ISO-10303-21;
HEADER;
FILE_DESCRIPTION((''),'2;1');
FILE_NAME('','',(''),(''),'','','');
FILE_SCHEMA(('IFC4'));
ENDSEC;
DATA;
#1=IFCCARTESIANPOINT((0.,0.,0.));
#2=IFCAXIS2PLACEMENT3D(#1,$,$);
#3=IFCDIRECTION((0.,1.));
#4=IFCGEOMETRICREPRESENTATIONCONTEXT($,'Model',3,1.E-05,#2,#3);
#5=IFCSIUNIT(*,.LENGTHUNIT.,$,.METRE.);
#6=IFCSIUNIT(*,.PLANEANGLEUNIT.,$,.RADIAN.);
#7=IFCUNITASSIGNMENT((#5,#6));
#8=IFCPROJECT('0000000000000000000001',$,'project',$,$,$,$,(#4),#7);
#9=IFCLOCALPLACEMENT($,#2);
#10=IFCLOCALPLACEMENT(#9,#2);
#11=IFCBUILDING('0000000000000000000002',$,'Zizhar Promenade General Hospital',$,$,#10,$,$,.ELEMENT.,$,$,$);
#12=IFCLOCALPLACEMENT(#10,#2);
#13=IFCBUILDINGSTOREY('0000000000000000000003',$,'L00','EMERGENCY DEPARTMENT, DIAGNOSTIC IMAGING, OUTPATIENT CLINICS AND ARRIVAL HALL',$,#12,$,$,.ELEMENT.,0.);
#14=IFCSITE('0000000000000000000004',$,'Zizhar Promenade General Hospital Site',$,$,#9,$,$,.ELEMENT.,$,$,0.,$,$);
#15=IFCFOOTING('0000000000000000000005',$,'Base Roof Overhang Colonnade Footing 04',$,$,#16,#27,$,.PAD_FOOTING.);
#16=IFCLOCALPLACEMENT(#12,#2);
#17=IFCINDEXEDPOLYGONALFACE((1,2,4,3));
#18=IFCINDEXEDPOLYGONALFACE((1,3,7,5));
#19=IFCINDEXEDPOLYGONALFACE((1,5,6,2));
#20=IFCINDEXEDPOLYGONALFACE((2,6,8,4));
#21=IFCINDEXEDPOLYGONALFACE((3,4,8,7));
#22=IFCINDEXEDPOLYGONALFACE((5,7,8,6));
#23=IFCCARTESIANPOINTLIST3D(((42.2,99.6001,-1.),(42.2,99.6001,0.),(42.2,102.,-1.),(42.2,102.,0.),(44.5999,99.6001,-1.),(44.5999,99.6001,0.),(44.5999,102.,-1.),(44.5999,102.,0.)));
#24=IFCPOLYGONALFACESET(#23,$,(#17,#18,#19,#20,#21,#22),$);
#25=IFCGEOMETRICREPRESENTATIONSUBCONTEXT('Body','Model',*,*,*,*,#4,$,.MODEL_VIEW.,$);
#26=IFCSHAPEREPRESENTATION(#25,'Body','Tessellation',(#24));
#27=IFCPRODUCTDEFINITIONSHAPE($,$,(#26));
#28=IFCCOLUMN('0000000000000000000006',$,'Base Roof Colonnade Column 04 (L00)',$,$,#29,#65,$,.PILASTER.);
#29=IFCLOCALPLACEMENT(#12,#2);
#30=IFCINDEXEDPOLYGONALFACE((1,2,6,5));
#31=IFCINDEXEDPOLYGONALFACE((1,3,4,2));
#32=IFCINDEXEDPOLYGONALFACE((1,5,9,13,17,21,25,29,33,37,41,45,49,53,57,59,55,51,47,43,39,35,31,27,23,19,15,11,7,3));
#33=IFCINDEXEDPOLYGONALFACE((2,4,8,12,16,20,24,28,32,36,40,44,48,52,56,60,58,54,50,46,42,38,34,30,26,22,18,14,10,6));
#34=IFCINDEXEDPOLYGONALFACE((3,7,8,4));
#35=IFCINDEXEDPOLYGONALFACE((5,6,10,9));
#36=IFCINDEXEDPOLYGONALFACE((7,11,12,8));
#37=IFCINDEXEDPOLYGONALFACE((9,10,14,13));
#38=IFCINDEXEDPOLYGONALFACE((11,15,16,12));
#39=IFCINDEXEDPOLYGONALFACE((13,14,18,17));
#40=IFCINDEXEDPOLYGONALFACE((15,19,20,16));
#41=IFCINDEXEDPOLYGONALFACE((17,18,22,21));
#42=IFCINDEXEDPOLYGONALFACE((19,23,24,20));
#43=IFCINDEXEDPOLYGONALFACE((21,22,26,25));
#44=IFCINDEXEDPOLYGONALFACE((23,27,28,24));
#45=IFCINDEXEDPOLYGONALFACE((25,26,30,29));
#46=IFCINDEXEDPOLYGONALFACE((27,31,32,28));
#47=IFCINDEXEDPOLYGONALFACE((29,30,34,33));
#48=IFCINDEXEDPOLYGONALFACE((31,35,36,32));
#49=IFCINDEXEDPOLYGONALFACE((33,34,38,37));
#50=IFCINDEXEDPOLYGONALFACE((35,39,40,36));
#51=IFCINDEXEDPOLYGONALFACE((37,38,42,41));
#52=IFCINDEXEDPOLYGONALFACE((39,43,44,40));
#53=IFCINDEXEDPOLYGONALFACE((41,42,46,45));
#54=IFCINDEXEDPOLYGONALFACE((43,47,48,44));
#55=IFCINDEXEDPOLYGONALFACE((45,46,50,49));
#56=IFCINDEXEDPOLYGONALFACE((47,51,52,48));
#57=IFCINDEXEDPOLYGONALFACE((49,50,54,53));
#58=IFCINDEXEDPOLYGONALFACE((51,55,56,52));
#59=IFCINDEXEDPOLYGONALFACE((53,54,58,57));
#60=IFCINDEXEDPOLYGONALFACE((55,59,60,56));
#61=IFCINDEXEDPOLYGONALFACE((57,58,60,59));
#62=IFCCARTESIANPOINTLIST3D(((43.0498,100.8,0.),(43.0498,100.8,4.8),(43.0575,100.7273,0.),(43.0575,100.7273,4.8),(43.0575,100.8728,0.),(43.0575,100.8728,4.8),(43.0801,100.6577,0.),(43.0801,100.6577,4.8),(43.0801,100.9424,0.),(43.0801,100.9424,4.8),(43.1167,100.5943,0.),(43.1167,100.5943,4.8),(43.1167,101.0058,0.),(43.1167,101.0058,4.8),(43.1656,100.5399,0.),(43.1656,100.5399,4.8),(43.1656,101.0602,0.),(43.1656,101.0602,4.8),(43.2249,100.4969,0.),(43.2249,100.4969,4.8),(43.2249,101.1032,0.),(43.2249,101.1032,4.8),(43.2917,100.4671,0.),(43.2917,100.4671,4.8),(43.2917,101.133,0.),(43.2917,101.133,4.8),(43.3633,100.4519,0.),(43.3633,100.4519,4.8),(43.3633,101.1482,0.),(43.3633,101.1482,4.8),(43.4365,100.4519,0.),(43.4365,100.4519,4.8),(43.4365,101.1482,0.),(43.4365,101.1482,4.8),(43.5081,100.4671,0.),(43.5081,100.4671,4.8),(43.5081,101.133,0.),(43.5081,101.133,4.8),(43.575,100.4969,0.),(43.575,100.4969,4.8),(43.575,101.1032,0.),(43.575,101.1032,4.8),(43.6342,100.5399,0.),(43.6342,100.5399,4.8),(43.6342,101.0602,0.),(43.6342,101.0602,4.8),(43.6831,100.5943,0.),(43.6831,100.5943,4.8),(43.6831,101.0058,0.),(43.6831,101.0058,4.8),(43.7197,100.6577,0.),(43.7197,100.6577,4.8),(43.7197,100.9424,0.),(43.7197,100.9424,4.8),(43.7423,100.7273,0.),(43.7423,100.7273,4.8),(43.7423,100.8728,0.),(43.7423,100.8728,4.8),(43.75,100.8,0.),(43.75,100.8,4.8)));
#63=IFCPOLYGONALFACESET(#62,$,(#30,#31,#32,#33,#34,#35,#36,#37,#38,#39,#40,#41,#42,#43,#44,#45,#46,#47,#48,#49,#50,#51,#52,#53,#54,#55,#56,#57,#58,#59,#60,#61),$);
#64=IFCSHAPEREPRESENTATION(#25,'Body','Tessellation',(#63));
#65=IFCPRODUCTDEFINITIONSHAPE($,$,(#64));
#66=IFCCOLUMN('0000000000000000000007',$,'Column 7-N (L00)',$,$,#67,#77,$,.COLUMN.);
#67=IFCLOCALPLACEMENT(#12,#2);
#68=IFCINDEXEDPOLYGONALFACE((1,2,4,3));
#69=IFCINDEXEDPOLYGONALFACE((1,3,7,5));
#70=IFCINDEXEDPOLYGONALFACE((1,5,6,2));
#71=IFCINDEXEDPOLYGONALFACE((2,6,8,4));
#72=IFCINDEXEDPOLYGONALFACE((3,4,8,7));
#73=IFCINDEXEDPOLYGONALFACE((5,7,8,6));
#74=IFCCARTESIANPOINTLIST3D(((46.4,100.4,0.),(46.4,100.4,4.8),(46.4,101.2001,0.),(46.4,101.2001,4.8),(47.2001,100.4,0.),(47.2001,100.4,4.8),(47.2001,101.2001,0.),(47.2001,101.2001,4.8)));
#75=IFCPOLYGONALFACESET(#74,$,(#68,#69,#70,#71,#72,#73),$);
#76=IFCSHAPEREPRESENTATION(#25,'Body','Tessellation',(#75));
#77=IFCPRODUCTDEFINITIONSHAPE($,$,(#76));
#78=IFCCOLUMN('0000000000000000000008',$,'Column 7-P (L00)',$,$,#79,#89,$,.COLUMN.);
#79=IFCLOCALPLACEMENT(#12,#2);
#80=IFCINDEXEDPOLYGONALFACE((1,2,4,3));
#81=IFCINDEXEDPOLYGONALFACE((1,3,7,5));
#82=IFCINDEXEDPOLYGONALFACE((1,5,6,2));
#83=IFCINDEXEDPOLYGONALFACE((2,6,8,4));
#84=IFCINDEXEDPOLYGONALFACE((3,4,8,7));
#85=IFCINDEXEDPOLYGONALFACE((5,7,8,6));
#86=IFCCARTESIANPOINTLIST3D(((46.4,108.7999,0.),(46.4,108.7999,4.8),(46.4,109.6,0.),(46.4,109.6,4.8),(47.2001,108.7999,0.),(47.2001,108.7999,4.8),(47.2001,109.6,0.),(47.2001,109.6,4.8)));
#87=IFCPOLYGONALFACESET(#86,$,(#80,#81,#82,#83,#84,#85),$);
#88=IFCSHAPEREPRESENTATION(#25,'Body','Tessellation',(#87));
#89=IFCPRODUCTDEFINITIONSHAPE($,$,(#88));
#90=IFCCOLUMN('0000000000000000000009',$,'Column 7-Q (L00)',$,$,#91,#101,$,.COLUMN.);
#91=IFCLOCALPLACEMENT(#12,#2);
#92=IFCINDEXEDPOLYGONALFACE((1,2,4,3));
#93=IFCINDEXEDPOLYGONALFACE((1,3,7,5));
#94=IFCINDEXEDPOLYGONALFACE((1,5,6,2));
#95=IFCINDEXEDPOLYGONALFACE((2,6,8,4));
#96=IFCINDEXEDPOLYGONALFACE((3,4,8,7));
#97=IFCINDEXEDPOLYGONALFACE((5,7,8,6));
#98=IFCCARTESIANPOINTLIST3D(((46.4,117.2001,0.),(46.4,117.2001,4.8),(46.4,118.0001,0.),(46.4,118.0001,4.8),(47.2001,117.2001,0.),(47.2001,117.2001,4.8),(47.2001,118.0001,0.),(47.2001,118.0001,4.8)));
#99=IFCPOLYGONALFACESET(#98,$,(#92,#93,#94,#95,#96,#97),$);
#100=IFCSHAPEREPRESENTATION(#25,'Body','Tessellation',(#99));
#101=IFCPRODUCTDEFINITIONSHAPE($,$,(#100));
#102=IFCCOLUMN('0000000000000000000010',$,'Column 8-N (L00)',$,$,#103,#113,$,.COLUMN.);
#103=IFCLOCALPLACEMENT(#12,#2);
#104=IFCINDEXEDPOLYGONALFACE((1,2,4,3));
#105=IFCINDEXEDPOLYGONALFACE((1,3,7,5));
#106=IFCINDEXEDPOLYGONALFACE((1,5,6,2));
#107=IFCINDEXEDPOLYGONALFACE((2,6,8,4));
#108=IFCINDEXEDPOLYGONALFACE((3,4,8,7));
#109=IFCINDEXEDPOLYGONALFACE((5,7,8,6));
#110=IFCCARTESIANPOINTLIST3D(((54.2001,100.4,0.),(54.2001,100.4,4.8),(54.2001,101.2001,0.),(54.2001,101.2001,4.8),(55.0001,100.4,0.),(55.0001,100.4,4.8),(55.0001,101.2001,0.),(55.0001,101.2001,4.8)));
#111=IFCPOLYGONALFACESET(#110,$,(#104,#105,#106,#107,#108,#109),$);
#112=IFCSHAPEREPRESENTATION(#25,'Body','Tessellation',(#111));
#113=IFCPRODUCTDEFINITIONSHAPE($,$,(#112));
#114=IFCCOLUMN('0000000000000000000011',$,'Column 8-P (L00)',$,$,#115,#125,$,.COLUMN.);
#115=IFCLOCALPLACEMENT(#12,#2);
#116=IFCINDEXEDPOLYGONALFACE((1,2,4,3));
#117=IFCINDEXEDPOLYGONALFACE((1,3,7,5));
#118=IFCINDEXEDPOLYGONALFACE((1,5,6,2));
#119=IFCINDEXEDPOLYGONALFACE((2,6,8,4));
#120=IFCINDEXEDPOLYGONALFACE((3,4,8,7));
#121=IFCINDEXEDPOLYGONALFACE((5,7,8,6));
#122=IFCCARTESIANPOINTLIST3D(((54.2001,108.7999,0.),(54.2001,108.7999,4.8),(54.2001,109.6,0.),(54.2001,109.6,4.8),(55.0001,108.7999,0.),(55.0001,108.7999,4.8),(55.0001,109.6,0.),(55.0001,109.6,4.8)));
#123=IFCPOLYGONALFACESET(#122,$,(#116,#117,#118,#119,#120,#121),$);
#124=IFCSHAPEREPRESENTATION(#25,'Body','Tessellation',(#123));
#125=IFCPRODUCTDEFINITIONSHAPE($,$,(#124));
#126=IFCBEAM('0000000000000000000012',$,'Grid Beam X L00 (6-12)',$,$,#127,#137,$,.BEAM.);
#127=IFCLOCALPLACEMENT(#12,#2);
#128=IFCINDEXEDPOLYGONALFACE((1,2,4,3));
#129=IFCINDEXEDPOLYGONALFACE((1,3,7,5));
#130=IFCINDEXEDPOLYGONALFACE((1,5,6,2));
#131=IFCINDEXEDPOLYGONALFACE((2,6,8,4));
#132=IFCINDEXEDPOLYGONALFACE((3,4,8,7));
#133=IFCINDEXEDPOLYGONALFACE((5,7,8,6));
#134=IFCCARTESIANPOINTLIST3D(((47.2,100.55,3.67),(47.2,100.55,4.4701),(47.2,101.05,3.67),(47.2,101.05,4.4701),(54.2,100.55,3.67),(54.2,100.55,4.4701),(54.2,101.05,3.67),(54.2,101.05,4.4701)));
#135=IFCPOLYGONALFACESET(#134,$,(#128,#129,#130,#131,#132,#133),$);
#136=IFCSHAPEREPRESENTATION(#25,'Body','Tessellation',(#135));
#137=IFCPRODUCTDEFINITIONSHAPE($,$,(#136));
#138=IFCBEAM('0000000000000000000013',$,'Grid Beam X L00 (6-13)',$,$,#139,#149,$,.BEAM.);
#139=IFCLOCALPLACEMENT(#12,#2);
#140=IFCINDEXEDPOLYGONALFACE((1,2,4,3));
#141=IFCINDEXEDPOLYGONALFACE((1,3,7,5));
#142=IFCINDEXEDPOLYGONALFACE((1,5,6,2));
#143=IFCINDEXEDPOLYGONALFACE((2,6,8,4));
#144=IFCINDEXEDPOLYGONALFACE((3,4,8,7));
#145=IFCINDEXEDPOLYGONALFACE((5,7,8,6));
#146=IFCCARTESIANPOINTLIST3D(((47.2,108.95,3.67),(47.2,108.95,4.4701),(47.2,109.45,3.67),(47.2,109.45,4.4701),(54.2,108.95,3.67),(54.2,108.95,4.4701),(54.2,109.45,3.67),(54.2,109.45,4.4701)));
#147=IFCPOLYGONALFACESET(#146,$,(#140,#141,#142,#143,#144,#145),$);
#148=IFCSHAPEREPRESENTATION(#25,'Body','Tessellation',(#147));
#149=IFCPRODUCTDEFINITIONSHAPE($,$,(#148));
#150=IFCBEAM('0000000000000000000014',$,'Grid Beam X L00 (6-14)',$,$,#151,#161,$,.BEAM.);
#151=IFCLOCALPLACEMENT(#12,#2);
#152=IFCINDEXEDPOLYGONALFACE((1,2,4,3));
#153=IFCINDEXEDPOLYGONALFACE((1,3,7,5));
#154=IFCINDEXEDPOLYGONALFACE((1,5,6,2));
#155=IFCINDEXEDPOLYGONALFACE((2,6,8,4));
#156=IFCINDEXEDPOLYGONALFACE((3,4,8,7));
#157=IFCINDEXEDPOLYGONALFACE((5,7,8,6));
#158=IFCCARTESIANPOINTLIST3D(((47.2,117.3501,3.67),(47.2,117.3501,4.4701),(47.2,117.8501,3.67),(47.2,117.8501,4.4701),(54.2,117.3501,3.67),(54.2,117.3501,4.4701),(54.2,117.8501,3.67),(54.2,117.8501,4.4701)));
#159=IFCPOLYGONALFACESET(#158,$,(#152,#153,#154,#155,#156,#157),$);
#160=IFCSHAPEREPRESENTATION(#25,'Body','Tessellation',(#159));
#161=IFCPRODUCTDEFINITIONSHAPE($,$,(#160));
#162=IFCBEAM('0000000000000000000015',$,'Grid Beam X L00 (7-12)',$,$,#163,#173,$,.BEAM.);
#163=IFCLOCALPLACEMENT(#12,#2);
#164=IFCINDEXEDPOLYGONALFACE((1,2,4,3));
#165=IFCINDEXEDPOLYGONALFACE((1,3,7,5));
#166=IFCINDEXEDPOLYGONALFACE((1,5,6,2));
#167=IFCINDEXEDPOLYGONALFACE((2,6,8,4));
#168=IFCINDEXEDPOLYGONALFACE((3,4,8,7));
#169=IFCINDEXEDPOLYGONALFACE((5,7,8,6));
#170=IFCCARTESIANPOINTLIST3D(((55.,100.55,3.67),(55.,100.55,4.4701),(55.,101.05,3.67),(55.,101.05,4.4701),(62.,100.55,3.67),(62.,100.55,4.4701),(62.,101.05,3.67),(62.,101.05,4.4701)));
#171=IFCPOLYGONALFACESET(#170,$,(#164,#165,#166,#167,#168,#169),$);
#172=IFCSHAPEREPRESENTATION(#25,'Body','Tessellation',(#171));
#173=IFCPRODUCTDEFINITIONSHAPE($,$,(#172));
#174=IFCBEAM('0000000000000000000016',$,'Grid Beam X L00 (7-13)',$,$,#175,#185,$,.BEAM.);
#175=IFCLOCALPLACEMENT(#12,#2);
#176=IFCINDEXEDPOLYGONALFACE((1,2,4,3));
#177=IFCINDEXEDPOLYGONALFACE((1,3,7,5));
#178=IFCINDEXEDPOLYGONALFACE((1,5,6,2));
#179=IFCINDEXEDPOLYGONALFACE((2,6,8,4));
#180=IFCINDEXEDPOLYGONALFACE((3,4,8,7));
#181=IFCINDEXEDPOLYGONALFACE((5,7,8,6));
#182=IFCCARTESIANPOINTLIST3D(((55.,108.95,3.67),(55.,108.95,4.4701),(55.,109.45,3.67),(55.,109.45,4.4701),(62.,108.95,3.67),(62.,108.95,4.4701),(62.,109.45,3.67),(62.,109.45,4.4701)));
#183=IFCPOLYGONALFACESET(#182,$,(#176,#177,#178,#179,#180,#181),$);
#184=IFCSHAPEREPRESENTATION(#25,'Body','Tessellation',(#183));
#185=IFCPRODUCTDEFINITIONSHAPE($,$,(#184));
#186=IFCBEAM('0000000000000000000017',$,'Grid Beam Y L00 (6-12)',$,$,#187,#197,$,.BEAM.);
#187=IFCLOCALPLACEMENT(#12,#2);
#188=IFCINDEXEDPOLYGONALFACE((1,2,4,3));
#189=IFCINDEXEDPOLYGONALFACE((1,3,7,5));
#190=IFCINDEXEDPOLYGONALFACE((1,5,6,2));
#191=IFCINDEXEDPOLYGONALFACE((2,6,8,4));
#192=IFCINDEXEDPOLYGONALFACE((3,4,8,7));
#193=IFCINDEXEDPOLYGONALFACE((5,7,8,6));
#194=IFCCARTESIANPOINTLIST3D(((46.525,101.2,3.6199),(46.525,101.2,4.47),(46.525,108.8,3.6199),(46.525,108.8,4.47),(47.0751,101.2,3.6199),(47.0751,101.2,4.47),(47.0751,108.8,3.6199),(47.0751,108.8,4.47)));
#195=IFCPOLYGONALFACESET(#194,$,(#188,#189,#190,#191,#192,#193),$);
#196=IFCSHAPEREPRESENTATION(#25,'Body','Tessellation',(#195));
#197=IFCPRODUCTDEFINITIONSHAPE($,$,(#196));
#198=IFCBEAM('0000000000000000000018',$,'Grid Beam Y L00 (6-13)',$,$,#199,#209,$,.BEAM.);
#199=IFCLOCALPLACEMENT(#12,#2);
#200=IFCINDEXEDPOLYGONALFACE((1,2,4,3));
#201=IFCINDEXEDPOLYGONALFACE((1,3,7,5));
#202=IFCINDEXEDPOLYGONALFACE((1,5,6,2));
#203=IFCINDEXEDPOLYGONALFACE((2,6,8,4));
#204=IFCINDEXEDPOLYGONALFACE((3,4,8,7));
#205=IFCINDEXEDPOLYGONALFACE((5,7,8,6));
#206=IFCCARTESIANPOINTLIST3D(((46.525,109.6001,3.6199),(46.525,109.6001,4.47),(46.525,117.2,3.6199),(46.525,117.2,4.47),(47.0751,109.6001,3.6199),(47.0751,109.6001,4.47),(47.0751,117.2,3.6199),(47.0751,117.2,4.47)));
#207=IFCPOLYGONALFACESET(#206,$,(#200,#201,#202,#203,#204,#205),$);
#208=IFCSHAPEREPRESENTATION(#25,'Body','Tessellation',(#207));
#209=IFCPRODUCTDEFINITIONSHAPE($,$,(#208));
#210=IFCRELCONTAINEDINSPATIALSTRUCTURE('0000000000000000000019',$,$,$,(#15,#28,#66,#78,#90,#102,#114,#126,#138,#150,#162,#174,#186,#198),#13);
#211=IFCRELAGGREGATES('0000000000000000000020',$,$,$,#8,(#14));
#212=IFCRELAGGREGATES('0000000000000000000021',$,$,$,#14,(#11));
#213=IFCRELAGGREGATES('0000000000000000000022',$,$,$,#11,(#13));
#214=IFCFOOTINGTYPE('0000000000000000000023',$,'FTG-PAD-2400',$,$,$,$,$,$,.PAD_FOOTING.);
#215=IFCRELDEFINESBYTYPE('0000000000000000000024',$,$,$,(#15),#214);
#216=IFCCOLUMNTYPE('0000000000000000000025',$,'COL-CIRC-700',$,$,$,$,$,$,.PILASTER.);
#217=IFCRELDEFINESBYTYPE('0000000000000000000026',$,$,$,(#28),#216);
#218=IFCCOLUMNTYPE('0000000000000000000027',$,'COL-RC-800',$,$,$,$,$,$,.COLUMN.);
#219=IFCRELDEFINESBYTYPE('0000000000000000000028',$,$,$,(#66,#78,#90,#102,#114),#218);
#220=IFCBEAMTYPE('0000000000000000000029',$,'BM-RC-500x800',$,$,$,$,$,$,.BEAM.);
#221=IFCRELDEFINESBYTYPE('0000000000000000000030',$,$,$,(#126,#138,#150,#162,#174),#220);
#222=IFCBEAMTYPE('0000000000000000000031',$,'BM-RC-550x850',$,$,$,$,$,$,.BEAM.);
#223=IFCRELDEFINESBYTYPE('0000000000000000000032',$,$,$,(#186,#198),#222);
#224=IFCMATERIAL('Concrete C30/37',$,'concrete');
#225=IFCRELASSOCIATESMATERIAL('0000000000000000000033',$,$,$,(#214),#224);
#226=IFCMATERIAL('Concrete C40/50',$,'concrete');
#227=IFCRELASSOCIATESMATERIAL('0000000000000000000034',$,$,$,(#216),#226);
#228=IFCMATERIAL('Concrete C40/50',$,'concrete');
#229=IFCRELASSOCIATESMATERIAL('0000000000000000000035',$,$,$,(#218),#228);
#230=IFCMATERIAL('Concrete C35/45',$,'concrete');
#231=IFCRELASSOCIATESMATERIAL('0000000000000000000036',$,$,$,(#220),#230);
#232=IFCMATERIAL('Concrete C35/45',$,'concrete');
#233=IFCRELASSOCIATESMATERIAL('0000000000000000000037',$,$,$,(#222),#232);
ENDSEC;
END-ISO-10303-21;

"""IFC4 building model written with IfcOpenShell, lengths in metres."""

from ifc_helpers import new_model, si_unit, direction, frame, origin, origin_2d, place, context, subcontext, project, spatial, rectangle, circle, extrude, material, material_profile, profile_set, type_object, element, save


model = new_model("IFC4")

# Units and contexts
model_context = context("Model", 3, precision=1e-05, world=origin(), true_north=direction((0.0, 1.0)))
body_context = subcontext(model_context, "Body", "Model", "MODEL_VIEW")
ifc_project = project(units=[si_unit("LENGTHUNIT", "METRE"), si_unit("PLANEANGLEUNIT", "RADIAN")], contexts=[model_context])

# Site, building, storey
site_placement = place(None, origin())
site = spatial("IfcSite", under=ifc_project, at=site_placement, Name="Zizhar Promenade General Hospital Site", CompositionType="ELEMENT", RefElevation=0.0)
building_placement = place(site_placement, origin())
building = spatial("IfcBuilding", under=site, at=building_placement, Name="Zizhar Promenade General Hospital", CompositionType="ELEMENT")
storey_placement = place(building_placement, origin())
storey = spatial("IfcBuildingStorey", under=building, at=storey_placement, Name="L00", Description="EMERGENCY DEPARTMENT, DIAGNOSTIC IMAGING, OUTPATIENT CLINICS AND ARRIVAL HALL", CompositionType="ELEMENT", Elevation=0.0)

# Footing
ifc_material_1 = material(Name="Concrete C30/37", Category="concrete")
footing_type = type_object("IfcFootingType", Name="FTG-PAD-2400", PredefinedType="PAD_FOOTING", material=ifc_material_1)
footing_placement = place(storey_placement, frame((43.3999, 100.8, -1.0), z_axis=(0.0, 0.0, 1.0), x_axis=(1.0, 0.0, 0.0)))
element("IfcFooting", 1, at=footing_placement, inside=storey, type_object=footing_type, Name="Base Roof Overhang Colonnade Footing 04", PredefinedType="PAD_FOOTING", context=body_context, shape_type="SweptSolid", body=[
    extrude(rectangle(XDim=2.3999, YDim=2.3999, at=origin_2d()), origin(), (0.0, 0.0, 1.0), 1.0),
])

# Columns
ifc_material_2 = material(Name="Concrete C40/50", Category="concrete")
ifc_material_profile_1 = material_profile(ifc_material_2, circle(Radius=0.3501, at=origin_2d()))
ifc_profile_set_1 = profile_set([ifc_material_profile_1], Name="Concrete C40/50")
column_type_1 = type_object("IfcColumnType", Name="COL-CIRC-700", PredefinedType="PILASTER", material=ifc_profile_set_1)
column_placement = place(storey_placement, frame((43.3999, 100.8, 0.0), z_axis=(0.0, 0.0, 1.0), x_axis=(1.0, 0.0, 0.0)))
element("IfcColumn", 2, at=column_placement, inside=storey, type_object=column_type_1, Name="Base Roof Colonnade Column 04 (L00)", PredefinedType="PILASTER", context=body_context, shape_type="SweptSolid", body=[
    extrude(circle(Radius=0.3501, at=origin_2d()), origin(), (0.0, 0.0, 1.0), 4.8),
])
ifc_material_3 = material(Name="Concrete C40/50", Category="concrete")
ifc_material_profile_2 = material_profile(ifc_material_3, rectangle(XDim=0.8, YDim=0.8, at=origin_2d()))
ifc_profile_set_2 = profile_set([ifc_material_profile_2], Name="Concrete C40/50")
column_type_2 = type_object("IfcColumnType", Name="COL-RC-800", PredefinedType="COLUMN", material=ifc_profile_set_2)
for number, where, z_axis, x_axis, name in (
    (3, (46.8, 100.8, 0.0), (0.0, 0.0, 1.0), (1.0, 0.0, 0.0), "Column 7-N (L00)"),
    (4, (46.8, 109.2, 0.0), (0.0, 0.0, 1.0), (1.0, 0.0, 0.0), "Column 7-P (L00)"),
    (5, (46.8, 117.6001, 0.0), (0.0, 0.0, 1.0), (1.0, 0.0, 0.0), "Column 7-Q (L00)"),
    (6, (54.6001, 100.8, 0.0), (0.0, 0.0, 1.0), (1.0, 0.0, 0.0), "Column 8-N (L00)"),
    (7, (54.6001, 109.2, 0.0), (0.0, 0.0, 1.0), (1.0, 0.0, 0.0), "Column 8-P (L00)"),
):
    element("IfcColumn", number, at=place(storey_placement, frame(where, z_axis=z_axis, x_axis=x_axis)), inside=storey, type_object=column_type_2, Name=name, PredefinedType="COLUMN", context=body_context, shape_type="SweptSolid", body=[
        extrude(rectangle(XDim=0.8, YDim=0.8, at=origin_2d()), origin(), (0.0, 0.0, 1.0), 4.8),
    ])

# Beams
ifc_material_4 = material(Name="Concrete C35/45", Category="concrete")
ifc_material_profile_3 = material_profile(ifc_material_4, rectangle(XDim=0.5, YDim=0.8, at=origin_2d()))
ifc_profile_set_3 = profile_set([ifc_material_profile_3], Name="Concrete C35/45")
beam_type_1 = type_object("IfcBeamType", Name="BM-RC-500x800", PredefinedType="BEAM", material=ifc_profile_set_3)
for number, where, z_axis, x_axis, name in (
    (8, (47.2, 100.8, 4.0701), (1.0, 0.0, 0.0), (0.0, 1.0, 0.0), "Grid Beam X L00 (6-12)"),
    (9, (47.2, 109.2, 4.0701), (1.0, 0.0, 0.0), (0.0, 1.0, 0.0), "Grid Beam X L00 (6-13)"),
    (10, (47.2, 117.6001, 4.0701), (1.0, 0.0, 0.0), (0.0, 1.0, 0.0), "Grid Beam X L00 (6-14)"),
    (11, (55.0, 100.8, 4.0701), (1.0, 0.0, 0.0), (0.0, 1.0, 0.0), "Grid Beam X L00 (7-12)"),
    (12, (55.0, 109.2, 4.0701), (1.0, 0.0, 0.0), (0.0, 1.0, 0.0), "Grid Beam X L00 (7-13)"),
):
    element("IfcBeam", number, at=place(storey_placement, frame(where, z_axis=z_axis, x_axis=x_axis)), inside=storey, type_object=beam_type_1, Name=name, PredefinedType="BEAM", context=body_context, shape_type="SweptSolid", body=[
        extrude(rectangle(XDim=0.5, YDim=0.8, at=origin_2d()), origin(), (0.0, 0.0, 1.0), 7.0),
    ])
ifc_material_5 = material(Name="Concrete C35/45", Category="concrete")
ifc_material_profile_4 = material_profile(ifc_material_5, rectangle(XDim=0.55, YDim=0.8501, at=origin_2d()))
ifc_profile_set_4 = profile_set([ifc_material_profile_4], Name="Concrete C35/45")
beam_type_2 = type_object("IfcBeamType", Name="BM-RC-550x850", PredefinedType="BEAM", material=ifc_profile_set_4)
beam_1_placement = place(storey_placement, frame((46.8, 101.2, 4.0449), z_axis=(0.0, 1.0, 0.0), x_axis=(-1.0, 0.0, 0.0)))
element("IfcBeam", 13, at=beam_1_placement, inside=storey, type_object=beam_type_2, Name="Grid Beam Y L00 (6-12)", PredefinedType="BEAM", context=body_context, shape_type="SweptSolid", body=[
    extrude(rectangle(XDim=0.55, YDim=0.8501, at=origin_2d()), origin(), (0.0, 0.0, 1.0), 7.6001),
])
for number, where, z_axis, x_axis, name in (
    (14, (46.8, 109.6001, 4.0449), (0.0, 1.0, 0.0), (-1.0, 0.0, 0.0), "Grid Beam Y L00 (6-13)"),
):
    element("IfcBeam", number, at=place(storey_placement, frame(where, z_axis=z_axis, x_axis=x_axis)), inside=storey, type_object=beam_type_2, Name=name, PredefinedType="BEAM", context=body_context, shape_type="SweptSolid", body=[
        extrude(rectangle(XDim=0.55, YDim=0.8501, at=origin_2d()), origin(), (0.0, 0.0, 1.0), 7.5999),
    ])

save(model, "model.ifc")
